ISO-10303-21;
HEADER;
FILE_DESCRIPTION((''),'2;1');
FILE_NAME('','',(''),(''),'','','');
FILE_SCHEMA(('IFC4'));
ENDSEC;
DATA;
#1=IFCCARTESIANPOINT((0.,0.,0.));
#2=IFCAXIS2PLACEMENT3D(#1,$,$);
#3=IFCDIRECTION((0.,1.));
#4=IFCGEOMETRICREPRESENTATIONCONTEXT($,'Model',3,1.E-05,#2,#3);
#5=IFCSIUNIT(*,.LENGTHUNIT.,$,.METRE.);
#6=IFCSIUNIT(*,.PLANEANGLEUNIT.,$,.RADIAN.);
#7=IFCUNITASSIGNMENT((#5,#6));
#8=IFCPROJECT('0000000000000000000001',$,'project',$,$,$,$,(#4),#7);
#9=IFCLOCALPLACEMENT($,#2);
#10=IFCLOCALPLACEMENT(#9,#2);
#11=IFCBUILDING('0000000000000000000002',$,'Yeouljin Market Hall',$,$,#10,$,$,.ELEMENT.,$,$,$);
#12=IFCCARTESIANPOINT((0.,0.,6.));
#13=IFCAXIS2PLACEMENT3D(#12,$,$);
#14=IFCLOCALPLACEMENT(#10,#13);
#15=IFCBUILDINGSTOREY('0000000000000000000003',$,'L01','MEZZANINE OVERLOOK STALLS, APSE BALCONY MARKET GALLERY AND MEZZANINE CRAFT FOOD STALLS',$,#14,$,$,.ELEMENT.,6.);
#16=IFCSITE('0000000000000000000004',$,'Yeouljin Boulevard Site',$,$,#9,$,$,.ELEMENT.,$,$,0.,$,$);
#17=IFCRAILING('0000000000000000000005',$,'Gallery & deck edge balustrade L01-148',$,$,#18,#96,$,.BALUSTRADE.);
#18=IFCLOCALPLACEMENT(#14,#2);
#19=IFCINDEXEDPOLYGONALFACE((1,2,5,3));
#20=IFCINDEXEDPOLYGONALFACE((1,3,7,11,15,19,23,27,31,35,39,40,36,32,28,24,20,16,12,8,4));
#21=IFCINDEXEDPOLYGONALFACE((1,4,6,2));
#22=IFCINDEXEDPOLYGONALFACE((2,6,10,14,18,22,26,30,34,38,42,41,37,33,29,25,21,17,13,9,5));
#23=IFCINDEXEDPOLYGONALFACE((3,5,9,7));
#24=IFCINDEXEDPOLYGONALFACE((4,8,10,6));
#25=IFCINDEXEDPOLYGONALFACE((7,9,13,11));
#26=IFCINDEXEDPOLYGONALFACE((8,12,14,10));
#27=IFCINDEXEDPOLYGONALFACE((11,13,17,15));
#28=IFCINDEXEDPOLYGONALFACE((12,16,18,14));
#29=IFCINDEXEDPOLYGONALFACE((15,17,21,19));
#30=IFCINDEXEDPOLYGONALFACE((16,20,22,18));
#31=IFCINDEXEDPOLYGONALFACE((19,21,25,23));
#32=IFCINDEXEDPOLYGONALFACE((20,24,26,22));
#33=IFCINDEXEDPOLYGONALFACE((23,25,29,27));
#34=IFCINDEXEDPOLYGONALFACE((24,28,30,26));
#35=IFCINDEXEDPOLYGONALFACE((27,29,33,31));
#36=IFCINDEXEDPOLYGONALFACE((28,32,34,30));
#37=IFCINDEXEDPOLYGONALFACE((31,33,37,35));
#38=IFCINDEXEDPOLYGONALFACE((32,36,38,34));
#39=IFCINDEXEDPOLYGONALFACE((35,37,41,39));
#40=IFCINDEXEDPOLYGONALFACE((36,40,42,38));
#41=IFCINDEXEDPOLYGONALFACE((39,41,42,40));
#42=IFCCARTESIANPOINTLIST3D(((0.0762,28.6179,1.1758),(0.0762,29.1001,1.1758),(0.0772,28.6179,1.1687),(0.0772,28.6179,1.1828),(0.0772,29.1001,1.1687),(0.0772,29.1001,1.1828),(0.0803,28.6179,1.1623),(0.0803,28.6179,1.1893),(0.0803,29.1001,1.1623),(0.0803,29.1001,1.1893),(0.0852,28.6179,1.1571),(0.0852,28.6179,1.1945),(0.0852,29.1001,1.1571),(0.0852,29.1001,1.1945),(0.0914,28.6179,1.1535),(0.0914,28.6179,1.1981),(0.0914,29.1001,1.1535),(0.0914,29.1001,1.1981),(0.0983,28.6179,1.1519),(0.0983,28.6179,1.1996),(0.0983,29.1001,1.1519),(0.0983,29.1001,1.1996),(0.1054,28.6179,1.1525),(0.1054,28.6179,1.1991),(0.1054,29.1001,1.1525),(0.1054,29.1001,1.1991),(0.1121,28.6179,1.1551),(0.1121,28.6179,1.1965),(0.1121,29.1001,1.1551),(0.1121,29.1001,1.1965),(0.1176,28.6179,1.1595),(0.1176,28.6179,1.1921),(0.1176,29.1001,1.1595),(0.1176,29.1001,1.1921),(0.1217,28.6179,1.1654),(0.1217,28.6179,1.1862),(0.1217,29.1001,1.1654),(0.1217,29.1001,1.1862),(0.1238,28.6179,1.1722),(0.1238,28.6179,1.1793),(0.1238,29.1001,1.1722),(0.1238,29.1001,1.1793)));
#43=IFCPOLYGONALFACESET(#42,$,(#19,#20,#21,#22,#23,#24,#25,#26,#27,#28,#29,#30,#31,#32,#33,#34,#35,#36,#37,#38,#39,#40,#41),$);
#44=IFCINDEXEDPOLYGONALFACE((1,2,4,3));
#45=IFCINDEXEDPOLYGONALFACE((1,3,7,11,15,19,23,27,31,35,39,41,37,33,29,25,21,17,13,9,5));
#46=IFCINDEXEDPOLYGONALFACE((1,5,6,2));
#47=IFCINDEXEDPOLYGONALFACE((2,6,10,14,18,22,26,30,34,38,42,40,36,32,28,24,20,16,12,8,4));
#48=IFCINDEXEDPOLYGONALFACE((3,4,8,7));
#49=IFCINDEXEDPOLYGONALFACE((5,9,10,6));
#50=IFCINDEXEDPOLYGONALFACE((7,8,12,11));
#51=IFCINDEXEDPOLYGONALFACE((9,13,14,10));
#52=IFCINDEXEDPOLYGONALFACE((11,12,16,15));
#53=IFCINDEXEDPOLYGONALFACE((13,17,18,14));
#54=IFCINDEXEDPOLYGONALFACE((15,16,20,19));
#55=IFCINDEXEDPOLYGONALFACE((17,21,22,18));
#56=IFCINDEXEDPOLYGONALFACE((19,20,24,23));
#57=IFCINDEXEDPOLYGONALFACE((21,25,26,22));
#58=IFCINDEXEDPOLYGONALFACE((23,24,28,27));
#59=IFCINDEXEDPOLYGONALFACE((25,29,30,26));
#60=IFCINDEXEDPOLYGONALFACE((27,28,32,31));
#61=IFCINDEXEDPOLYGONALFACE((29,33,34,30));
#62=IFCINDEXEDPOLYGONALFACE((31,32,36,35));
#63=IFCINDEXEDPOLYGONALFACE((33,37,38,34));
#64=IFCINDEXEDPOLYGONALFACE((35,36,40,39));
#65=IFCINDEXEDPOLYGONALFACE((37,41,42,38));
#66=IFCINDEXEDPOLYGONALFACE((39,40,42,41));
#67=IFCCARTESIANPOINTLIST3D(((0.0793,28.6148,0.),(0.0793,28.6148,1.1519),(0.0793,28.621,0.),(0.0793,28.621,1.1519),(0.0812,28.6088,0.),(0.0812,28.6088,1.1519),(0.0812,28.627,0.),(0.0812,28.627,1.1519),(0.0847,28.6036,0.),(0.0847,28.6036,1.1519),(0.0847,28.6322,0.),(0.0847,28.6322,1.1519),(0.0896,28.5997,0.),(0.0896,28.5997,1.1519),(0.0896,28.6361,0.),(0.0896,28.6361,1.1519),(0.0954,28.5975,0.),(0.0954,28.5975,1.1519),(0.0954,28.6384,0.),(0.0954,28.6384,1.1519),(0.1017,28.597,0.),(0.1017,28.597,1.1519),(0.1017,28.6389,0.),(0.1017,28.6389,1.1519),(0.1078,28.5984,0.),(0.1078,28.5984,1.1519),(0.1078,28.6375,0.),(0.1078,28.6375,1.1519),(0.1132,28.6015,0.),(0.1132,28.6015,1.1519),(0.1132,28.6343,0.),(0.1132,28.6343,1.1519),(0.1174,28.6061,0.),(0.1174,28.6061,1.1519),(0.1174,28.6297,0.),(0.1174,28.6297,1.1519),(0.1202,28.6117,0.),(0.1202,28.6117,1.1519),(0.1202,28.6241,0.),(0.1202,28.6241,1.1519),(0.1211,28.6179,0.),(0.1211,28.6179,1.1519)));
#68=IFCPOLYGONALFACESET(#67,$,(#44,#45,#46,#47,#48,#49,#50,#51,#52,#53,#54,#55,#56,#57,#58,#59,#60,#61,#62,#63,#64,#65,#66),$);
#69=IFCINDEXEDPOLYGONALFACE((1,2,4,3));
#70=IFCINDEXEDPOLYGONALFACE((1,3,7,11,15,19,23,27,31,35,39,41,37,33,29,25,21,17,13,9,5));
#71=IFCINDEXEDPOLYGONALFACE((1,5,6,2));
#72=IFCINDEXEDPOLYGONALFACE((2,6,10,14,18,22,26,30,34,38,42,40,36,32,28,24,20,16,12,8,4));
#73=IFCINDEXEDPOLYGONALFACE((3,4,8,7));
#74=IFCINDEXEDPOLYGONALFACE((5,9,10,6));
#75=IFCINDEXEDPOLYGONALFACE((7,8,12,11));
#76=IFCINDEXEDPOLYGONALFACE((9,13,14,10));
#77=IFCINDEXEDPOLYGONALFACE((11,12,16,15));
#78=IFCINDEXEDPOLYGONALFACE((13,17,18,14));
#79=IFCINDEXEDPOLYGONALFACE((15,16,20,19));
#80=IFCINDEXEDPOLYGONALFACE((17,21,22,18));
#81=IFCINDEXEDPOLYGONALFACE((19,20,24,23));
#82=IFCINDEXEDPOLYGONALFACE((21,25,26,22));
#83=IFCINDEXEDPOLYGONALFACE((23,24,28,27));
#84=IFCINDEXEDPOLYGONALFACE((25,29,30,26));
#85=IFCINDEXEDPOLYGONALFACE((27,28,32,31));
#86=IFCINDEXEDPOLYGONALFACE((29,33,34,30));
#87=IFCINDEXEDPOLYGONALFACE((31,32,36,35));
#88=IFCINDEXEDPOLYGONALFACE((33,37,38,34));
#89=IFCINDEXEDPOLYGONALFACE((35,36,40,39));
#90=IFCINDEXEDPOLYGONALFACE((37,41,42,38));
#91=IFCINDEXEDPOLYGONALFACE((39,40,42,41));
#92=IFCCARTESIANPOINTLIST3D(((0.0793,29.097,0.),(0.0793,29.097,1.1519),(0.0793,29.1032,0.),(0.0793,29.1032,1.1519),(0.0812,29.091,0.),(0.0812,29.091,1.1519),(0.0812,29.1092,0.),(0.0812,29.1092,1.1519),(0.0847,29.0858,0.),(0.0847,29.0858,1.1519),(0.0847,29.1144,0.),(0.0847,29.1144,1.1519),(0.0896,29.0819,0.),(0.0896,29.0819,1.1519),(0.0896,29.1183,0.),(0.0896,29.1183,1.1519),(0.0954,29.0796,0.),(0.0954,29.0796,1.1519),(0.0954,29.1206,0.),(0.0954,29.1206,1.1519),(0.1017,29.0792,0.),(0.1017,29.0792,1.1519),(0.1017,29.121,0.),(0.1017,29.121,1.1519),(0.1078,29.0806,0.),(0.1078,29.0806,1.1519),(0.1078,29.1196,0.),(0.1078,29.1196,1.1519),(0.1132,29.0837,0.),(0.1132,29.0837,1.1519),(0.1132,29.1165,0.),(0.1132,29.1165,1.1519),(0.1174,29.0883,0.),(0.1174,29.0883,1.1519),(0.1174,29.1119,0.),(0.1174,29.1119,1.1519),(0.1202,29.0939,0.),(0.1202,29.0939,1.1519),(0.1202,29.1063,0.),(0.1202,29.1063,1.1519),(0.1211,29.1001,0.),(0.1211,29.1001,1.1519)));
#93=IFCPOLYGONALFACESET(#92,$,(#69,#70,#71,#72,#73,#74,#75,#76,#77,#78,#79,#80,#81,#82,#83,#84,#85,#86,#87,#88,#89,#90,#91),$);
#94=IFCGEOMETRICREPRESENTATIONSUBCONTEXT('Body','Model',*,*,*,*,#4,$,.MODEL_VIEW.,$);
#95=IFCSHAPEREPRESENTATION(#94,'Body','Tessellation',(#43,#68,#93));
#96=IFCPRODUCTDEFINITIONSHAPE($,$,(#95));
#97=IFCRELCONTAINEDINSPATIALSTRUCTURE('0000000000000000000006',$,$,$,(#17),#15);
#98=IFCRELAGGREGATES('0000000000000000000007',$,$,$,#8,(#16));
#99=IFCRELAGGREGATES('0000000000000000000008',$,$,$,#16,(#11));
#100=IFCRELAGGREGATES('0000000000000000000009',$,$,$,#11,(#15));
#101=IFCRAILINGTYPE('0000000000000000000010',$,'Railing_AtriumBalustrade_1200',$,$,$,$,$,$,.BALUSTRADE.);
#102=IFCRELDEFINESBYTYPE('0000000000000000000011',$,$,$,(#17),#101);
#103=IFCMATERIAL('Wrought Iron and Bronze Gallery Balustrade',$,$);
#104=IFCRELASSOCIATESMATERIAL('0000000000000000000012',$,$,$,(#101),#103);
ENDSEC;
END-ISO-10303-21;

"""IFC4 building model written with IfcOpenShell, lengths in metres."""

from ifc_helpers import new_model, si_unit, direction, frame, origin, origin_2d, place, context, subcontext, project, spatial, circle, extrude, material, type_object, element, save


model = new_model("IFC4")

# Units and contexts
model_context = context("Model", 3, precision=1e-05, world=origin(), true_north=direction((0.0, 1.0)))
body_context = subcontext(model_context, "Body", "Model", "MODEL_VIEW")
ifc_project = project(units=[si_unit("LENGTHUNIT", "METRE"), si_unit("PLANEANGLEUNIT", "RADIAN")], contexts=[model_context])

# Site, building, storey
site_placement = place(None, origin())
site = spatial("IfcSite", under=ifc_project, at=site_placement, Name="Yeouljin Boulevard Site", CompositionType="ELEMENT", RefElevation=0.0)
building_placement = place(site_placement, origin())
building = spatial("IfcBuilding", under=site, at=building_placement, Name="Yeouljin Market Hall", CompositionType="ELEMENT")
storey_placement = place(building_placement, frame((0.0, 0.0, 6.0)))
storey = spatial("IfcBuildingStorey", under=building, at=storey_placement, Name="L01", Description="MEZZANINE OVERLOOK STALLS, APSE BALCONY MARKET GALLERY AND MEZZANINE CRAFT FOOD STALLS", CompositionType="ELEMENT", Elevation=6.0)

# Railing
ifc_material_1 = material(Name="Wrought Iron and Bronze Gallery Balustrade")
railing_type = type_object("IfcRailingType", Name="Railing_AtriumBalustrade_1200", PredefinedType="BALUSTRADE", material=ifc_material_1)
for number, where, name in (
    (1, (0.1001, 28.6179, 0.0), "Gallery & deck edge balustrade L01-148"),
):
    element("IfcRailing", number, at=place(storey_placement, frame(where)), inside=storey, type_object=railing_type, Name=name, PredefinedType="BALUSTRADE", context=body_context, shape_type="SweptSolid", body=[
        extrude(circle(Radius=0.0239, at=origin_2d()), frame((0.0, 0.0, 1.1758), z_axis=(0.0, 1.0, 0.0), x_axis=(-1.0, 0.0, 0.0)), (0.0, 0.0, 1.0), 0.4822),
        extrude(circle(Radius=0.021, at=origin_2d()), origin(), (0.0, 0.0, 1.0), 1.1519),
        extrude(circle(Radius=0.021, at=origin_2d()), frame((0.0, 0.4822, 0.0)), (0.0, 0.0, 1.0), 1.1519),
    ])

save(model, "model.ifc")
